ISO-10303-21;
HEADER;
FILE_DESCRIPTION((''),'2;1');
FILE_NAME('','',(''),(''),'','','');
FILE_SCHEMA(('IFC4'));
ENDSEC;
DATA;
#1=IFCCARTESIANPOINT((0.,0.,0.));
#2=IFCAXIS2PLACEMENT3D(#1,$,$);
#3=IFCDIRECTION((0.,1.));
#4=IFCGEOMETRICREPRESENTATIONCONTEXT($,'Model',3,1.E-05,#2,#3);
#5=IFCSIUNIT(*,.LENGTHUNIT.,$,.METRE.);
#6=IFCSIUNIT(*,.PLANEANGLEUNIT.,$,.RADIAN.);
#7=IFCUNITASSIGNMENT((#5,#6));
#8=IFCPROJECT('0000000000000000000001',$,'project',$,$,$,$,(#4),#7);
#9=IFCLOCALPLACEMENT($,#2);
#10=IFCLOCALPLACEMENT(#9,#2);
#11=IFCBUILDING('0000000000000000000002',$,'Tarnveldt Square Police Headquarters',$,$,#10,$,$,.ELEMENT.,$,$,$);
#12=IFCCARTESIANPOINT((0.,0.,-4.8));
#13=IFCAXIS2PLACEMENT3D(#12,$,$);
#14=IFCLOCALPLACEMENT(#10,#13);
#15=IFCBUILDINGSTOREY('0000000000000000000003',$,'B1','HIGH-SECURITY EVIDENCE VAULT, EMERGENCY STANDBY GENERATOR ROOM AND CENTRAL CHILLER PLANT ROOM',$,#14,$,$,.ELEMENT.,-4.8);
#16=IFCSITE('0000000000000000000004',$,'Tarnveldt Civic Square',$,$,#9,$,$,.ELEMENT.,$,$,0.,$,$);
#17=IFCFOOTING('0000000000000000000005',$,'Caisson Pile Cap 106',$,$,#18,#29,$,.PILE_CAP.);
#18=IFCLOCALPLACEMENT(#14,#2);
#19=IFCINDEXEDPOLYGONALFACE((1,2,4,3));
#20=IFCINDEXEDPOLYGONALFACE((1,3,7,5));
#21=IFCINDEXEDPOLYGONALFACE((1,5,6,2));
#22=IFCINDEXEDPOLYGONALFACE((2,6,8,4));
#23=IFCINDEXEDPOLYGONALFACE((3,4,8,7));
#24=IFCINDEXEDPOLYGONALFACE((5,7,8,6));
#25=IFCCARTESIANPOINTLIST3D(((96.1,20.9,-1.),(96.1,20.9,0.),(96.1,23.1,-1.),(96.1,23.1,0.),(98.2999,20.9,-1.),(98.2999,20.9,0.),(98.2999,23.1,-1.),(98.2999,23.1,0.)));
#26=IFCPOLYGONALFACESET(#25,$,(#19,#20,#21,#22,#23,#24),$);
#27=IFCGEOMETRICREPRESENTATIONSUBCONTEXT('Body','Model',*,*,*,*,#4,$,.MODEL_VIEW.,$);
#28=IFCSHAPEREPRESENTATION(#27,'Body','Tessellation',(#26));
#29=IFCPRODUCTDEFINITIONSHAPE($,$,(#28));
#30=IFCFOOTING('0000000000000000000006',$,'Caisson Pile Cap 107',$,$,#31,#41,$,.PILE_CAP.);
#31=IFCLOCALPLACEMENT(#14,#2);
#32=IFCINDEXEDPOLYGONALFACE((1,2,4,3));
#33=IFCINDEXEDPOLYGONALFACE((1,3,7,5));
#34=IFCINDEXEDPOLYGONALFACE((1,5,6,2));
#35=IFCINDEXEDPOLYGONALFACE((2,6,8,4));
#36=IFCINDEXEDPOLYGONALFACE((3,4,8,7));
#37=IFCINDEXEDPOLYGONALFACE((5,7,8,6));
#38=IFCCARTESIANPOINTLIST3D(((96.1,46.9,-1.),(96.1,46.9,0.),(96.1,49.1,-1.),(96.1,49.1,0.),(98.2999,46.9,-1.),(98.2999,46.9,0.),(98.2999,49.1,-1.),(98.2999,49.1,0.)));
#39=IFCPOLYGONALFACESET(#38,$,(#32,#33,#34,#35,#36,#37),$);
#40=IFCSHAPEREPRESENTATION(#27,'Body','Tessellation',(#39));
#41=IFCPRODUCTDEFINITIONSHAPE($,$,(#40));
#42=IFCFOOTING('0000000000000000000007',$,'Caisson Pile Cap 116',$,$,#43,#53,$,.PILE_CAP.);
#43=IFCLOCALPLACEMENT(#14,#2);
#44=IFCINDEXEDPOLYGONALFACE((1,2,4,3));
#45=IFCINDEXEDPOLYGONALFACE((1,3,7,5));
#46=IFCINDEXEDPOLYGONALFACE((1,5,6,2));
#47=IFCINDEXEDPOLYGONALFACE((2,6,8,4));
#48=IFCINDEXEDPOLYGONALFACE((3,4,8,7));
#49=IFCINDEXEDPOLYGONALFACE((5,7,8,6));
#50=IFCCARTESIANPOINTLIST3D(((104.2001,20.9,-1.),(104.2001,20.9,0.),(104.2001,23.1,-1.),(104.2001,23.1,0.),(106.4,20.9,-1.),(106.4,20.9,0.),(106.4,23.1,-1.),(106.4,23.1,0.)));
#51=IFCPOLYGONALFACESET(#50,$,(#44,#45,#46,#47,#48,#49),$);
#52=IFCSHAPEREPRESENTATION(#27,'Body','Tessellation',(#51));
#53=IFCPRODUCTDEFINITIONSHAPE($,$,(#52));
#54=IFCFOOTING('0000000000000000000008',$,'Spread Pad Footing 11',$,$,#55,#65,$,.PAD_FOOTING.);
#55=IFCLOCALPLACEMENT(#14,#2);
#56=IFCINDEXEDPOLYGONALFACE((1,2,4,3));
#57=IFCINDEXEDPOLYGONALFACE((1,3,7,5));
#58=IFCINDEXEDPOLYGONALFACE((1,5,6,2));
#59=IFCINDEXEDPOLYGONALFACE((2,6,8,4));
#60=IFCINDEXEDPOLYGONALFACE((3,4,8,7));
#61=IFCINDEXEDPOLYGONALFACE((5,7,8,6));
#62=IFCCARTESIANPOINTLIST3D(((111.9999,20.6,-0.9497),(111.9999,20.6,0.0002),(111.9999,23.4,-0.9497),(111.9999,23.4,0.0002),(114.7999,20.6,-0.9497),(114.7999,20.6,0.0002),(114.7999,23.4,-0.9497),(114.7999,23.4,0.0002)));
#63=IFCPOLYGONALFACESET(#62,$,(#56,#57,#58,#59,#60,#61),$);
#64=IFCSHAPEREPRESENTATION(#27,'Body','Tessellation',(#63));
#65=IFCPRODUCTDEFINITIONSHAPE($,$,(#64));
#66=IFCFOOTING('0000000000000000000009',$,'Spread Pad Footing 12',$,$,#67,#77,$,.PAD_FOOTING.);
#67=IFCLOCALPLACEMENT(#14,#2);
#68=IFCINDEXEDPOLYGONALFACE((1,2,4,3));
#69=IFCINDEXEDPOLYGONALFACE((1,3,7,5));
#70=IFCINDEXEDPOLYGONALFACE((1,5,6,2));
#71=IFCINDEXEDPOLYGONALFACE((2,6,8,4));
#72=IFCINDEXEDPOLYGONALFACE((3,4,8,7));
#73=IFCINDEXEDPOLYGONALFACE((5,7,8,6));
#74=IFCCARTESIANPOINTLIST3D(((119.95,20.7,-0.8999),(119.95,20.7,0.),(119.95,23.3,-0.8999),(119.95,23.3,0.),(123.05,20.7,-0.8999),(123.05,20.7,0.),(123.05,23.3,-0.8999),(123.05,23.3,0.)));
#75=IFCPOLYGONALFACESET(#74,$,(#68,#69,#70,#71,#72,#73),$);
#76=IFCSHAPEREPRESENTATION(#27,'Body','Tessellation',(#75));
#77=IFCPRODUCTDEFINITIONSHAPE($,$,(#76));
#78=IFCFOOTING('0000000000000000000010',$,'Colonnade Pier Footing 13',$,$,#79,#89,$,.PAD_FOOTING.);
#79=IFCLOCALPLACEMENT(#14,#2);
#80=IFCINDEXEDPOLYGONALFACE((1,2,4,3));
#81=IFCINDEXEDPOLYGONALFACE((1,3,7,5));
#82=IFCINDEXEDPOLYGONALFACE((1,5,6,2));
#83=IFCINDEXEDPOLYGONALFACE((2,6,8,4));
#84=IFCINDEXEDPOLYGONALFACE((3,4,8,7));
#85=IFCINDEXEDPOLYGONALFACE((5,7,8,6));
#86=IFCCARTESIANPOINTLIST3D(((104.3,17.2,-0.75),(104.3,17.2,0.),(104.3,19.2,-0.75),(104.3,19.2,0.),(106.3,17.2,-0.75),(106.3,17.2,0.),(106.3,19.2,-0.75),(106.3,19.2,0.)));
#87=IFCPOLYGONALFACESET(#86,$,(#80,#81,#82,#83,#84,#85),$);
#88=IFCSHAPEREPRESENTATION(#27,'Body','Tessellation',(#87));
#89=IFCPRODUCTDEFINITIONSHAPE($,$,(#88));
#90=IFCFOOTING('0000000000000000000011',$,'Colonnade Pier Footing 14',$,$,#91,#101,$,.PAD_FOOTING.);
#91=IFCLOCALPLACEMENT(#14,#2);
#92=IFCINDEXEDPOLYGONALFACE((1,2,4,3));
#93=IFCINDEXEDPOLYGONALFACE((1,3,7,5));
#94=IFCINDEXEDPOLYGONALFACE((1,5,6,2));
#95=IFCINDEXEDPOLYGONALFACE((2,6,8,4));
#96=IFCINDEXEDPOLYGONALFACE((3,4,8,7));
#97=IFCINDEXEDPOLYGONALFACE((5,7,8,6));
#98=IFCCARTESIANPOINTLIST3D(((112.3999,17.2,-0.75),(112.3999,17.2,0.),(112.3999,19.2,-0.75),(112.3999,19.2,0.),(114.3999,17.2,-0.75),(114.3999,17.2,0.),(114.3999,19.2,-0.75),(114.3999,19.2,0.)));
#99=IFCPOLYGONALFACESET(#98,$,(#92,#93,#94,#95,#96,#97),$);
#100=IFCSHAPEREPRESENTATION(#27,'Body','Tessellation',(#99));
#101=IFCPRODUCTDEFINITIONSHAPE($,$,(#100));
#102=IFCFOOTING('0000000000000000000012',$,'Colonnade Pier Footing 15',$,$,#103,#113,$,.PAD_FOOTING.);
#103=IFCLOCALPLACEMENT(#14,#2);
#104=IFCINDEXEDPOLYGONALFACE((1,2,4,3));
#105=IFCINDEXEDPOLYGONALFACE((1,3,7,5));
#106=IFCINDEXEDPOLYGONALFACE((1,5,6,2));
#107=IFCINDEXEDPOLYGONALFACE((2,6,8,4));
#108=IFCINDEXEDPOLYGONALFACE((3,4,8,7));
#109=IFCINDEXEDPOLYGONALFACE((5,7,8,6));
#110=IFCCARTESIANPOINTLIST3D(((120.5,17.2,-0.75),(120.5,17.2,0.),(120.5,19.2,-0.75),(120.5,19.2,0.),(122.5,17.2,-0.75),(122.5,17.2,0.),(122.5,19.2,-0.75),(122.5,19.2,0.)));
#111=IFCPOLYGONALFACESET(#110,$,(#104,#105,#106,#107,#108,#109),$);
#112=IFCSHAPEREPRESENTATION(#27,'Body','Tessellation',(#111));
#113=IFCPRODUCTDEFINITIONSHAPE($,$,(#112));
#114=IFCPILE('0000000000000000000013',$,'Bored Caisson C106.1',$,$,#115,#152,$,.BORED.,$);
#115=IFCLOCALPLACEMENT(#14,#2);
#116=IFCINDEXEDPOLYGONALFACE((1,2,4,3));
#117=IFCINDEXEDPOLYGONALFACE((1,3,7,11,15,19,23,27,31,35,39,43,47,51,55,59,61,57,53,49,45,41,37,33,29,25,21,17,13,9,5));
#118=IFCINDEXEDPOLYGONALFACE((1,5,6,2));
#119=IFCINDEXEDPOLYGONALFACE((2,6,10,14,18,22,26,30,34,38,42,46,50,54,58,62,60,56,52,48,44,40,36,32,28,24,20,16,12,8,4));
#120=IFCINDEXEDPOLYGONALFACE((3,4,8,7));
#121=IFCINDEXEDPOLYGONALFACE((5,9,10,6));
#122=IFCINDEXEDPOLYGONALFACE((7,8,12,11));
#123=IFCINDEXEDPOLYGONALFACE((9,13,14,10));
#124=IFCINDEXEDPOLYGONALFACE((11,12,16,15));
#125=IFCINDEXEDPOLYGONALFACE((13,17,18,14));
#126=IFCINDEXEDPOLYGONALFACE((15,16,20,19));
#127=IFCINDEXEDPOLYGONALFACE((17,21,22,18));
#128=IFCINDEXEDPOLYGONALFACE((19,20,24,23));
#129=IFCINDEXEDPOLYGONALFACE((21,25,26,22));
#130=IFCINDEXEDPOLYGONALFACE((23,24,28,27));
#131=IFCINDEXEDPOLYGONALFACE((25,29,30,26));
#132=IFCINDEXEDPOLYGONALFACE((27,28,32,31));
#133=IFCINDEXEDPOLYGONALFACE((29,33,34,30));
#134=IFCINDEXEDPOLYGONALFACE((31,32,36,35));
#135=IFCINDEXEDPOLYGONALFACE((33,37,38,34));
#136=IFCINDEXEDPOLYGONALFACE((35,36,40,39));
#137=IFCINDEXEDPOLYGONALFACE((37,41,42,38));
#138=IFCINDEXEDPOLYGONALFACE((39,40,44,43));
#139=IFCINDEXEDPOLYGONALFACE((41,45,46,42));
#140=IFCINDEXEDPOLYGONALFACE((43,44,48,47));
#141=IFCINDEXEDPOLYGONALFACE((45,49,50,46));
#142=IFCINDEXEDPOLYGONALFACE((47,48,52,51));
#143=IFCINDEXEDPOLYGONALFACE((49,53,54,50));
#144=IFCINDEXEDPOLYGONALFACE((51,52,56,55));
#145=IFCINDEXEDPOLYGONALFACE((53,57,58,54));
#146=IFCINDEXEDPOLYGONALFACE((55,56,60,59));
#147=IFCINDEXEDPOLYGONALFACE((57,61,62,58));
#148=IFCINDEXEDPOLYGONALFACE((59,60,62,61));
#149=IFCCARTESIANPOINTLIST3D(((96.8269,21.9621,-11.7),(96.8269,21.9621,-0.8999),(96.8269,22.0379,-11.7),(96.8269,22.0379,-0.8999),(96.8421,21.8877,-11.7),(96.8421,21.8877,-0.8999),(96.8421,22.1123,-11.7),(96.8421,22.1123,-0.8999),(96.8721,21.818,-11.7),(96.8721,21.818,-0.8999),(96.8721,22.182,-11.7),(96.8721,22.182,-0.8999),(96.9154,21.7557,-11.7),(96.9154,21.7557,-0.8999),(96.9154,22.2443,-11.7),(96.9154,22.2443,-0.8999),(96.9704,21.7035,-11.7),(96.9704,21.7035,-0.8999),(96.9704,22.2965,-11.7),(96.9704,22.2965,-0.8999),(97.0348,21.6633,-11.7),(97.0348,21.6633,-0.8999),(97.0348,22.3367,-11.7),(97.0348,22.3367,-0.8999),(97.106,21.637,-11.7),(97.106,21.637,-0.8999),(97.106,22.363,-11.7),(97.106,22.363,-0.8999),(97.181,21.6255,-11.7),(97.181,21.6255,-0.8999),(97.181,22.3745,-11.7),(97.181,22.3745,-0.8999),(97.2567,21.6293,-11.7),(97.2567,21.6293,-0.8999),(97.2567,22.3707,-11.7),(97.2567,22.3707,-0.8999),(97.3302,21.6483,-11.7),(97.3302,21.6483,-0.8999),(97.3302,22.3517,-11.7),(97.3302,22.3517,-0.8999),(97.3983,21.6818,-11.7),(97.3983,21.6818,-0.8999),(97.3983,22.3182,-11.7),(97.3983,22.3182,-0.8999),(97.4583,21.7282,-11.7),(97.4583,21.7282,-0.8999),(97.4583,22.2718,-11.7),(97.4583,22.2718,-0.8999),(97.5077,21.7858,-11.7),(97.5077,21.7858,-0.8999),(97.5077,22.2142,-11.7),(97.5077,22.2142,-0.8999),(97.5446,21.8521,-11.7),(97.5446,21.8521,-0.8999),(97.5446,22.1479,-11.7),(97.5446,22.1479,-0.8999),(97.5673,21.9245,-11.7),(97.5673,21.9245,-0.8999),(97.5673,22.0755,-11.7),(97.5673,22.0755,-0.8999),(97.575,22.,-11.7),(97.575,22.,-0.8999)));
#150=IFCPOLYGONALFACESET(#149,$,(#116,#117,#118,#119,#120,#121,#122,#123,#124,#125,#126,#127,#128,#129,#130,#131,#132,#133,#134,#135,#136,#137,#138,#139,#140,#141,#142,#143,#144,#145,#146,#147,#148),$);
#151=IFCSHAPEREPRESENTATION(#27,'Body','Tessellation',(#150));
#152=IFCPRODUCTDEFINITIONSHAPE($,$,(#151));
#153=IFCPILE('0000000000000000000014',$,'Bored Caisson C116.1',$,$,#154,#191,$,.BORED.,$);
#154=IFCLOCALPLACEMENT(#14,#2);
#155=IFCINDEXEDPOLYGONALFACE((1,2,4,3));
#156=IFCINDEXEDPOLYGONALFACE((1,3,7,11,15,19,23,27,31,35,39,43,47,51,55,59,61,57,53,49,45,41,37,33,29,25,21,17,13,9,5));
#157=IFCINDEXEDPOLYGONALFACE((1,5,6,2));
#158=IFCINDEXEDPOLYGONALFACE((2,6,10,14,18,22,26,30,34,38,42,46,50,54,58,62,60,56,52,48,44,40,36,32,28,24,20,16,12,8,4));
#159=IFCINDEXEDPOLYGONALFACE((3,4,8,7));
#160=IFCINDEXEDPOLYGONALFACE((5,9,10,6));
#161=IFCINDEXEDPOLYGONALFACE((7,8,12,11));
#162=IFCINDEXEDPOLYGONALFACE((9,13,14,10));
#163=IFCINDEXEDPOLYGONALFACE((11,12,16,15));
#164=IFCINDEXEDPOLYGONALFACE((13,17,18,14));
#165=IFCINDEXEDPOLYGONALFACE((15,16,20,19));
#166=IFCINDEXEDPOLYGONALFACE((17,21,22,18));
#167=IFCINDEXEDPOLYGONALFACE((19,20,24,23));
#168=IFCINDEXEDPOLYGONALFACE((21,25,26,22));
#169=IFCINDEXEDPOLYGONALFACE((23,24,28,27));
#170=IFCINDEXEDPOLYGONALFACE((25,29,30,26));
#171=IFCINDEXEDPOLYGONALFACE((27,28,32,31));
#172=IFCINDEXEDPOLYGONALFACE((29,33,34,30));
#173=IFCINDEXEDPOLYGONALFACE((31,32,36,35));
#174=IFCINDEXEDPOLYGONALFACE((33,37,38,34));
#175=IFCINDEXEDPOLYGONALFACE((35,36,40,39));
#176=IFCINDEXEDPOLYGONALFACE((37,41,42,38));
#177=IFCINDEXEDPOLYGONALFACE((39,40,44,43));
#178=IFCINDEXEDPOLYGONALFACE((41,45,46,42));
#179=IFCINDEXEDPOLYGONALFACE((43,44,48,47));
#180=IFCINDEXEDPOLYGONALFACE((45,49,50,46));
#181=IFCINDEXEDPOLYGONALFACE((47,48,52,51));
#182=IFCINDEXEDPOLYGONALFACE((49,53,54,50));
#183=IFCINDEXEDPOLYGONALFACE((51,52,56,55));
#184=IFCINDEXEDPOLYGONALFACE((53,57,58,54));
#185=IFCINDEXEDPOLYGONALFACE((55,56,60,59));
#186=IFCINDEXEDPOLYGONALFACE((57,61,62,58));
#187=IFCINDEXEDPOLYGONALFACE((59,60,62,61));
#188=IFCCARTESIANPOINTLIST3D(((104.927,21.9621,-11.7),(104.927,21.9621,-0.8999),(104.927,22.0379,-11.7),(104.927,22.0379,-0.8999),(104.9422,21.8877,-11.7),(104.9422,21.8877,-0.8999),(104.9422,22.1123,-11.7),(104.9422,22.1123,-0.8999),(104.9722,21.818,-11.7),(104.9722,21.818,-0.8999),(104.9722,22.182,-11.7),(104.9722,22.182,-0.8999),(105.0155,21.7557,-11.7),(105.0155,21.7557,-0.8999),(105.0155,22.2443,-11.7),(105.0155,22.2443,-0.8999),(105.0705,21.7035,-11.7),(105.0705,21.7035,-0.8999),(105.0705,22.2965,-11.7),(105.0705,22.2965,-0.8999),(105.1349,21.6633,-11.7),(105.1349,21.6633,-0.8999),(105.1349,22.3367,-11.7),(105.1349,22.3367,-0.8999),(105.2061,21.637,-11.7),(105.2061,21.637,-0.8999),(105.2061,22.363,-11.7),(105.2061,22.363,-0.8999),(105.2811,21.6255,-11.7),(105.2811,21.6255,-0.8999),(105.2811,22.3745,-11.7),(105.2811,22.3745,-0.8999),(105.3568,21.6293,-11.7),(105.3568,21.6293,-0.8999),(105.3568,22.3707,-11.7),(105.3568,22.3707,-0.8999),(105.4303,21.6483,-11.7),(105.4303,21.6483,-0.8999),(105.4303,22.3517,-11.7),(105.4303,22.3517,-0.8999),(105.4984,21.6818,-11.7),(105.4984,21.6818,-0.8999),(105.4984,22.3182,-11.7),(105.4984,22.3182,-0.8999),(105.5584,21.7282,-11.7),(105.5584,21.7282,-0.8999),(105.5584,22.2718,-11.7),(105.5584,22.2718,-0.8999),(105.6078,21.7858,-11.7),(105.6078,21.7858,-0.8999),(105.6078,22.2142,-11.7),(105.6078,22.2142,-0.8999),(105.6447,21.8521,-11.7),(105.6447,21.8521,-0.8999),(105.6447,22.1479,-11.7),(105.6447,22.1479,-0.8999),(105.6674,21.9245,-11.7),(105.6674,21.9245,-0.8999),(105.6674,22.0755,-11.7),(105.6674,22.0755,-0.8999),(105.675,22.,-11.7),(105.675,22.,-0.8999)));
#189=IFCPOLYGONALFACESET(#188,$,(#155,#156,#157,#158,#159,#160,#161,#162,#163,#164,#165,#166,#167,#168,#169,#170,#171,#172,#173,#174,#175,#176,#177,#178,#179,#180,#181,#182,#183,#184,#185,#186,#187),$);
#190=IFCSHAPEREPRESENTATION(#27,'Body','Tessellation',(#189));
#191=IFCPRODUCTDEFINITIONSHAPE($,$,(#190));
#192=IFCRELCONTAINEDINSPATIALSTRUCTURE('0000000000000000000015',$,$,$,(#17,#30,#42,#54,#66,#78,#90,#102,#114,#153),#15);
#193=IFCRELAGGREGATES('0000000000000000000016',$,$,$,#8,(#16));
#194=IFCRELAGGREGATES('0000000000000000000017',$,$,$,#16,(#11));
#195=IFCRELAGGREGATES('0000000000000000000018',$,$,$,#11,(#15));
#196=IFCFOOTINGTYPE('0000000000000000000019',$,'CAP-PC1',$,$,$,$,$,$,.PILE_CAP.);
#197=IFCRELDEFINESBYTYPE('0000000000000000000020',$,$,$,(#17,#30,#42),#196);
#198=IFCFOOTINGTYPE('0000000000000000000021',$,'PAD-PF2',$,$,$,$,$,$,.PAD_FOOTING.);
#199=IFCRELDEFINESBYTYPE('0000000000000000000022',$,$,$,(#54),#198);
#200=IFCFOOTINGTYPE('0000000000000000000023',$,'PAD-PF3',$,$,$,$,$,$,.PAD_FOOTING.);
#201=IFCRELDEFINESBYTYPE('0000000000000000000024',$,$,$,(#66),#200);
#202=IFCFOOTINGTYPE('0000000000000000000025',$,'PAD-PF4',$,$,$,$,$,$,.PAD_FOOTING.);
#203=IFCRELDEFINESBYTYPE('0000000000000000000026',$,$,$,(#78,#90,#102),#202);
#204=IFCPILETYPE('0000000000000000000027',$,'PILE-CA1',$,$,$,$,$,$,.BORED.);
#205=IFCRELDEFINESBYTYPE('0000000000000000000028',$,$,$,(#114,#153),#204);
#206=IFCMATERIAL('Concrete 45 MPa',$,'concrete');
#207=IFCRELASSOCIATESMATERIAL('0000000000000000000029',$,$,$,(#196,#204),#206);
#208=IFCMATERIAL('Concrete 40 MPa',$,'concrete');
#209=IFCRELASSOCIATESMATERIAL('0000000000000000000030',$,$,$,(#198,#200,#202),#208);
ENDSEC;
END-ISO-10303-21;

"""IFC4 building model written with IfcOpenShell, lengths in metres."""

from ifc_helpers import new_model, si_unit, direction, frame, origin, origin_2d, place, context, subcontext, project, spatial, rectangle, circle, extrude, material, material_profile, profile_set, type_object, element, save


model = new_model("IFC4")

# Units and contexts
model_context = context("Model", 3, precision=1e-05, world=origin(), true_north=direction((0.0, 1.0)))
body_context = subcontext(model_context, "Body", "Model", "MODEL_VIEW")
ifc_project = project(units=[si_unit("LENGTHUNIT", "METRE"), si_unit("PLANEANGLEUNIT", "RADIAN")], contexts=[model_context])

# Site, building, storey
site_placement = place(None, origin())
site = spatial("IfcSite", under=ifc_project, at=site_placement, Name="Tarnveldt Civic Square", CompositionType="ELEMENT", RefElevation=0.0)
building_placement = place(site_placement, origin())
building = spatial("IfcBuilding", under=site, at=building_placement, Name="Tarnveldt Square Police Headquarters", CompositionType="ELEMENT")
storey_placement = place(building_placement, frame((0.0, 0.0, -4.8)))
storey = spatial("IfcBuildingStorey", under=building, at=storey_placement, Name="B1", Description="HIGH-SECURITY EVIDENCE VAULT, EMERGENCY STANDBY GENERATOR ROOM AND CENTRAL CHILLER PLANT ROOM", CompositionType="ELEMENT", Elevation=-4.8)

# Footings
ifc_material_1 = material(Name="Concrete 45 MPa", Category="concrete")
footing_type_1 = type_object("IfcFootingType", Name="CAP-PC1", PredefinedType="PILE_CAP", material=ifc_material_1)
for number, where, z_axis, x_axis, name in (
    (1, (97.2, 22.0, -1.0), (0.0, 0.0, 1.0), (1.0, 0.0, 0.0), "Caisson Pile Cap 106"),
    (2, (97.2, 48.0, -1.0), (0.0, 0.0, 1.0), (1.0, 0.0, 0.0), "Caisson Pile Cap 107"),
    (3, (105.3, 22.0, -1.0), (0.0, 0.0, 1.0), (1.0, 0.0, 0.0), "Caisson Pile Cap 116"),
):
    element("IfcFooting", number, at=place(storey_placement, frame(where, z_axis=z_axis, x_axis=x_axis)), inside=storey, type_object=footing_type_1, Name=name, PredefinedType="PILE_CAP", context=body_context, shape_type="SweptSolid", body=[
        extrude(rectangle(XDim=2.2, YDim=2.2, at=origin_2d()), origin(), (0.0, 0.0, 1.0), 1.0),
    ])
ifc_material_2 = material(Name="Concrete 40 MPa", Category="concrete")
footing_type_2 = type_object("IfcFootingType", Name="PAD-PF2", PredefinedType="PAD_FOOTING", material=ifc_material_2)
footing_1_placement = place(storey_placement, frame((113.3999, 22.0, -0.9497), z_axis=(0.0, 0.0, 1.0), x_axis=(1.0, 0.0, 0.0)))
element("IfcFooting", 4, at=footing_1_placement, inside=storey, type_object=footing_type_2, Name="Spread Pad Footing 11", PredefinedType="PAD_FOOTING", context=body_context, shape_type="SweptSolid", body=[
    extrude(rectangle(XDim=2.8, YDim=2.8, at=origin_2d()), origin(), (0.0, 0.0, 1.0), 0.95),
])
footing_type_3 = type_object("IfcFootingType", Name="PAD-PF3", PredefinedType="PAD_FOOTING", material=ifc_material_2)
footing_2_placement = place(storey_placement, frame((121.5, 22.0, -0.8999), z_axis=(0.0, 0.0, 1.0), x_axis=(1.0, 0.0, 0.0)))
element("IfcFooting", 5, at=footing_2_placement, inside=storey, type_object=footing_type_3, Name="Spread Pad Footing 12", PredefinedType="PAD_FOOTING", context=body_context, shape_type="SweptSolid", body=[
    extrude(rectangle(XDim=3.1001, YDim=2.6001, at=origin_2d()), origin(), (0.0, 0.0, 1.0), 0.8999),
])
footing_type_4 = type_object("IfcFootingType", Name="PAD-PF4", PredefinedType="PAD_FOOTING", material=ifc_material_2)
for number, where, z_axis, x_axis, name in (
    (6, (105.3, 18.2, -0.75), (0.0, 0.0, 1.0), (1.0, 0.0, 0.0), "Colonnade Pier Footing 13"),
    (7, (113.3999, 18.2, -0.75), (0.0, 0.0, 1.0), (1.0, 0.0, 0.0), "Colonnade Pier Footing 14"),
    (8, (121.5, 18.2, -0.75), (0.0, 0.0, 1.0), (1.0, 0.0, 0.0), "Colonnade Pier Footing 15"),
):
    element("IfcFooting", number, at=place(storey_placement, frame(where, z_axis=z_axis, x_axis=x_axis)), inside=storey, type_object=footing_type_4, Name=name, PredefinedType="PAD_FOOTING", context=body_context, shape_type="SweptSolid", body=[
        extrude(rectangle(XDim=2.0, YDim=2.0, at=origin_2d()), origin(), (0.0, 0.0, 1.0), 0.75),
    ])

# Piles
ifc_material_profile_1 = material_profile(ifc_material_1, circle(Radius=0.375, at=origin_2d()), Name="CAISSON-D750")
ifc_profile_set_1 = profile_set([ifc_material_profile_1], Name="Concrete 45 MPa")
pile_type_1 = type_object("IfcPileType", Name="PILE-CA1", PredefinedType="BORED", material=ifc_profile_set_1)
for number, where, z_axis, x_axis, name in (
    (9, (97.2, 22.0, -0.8999), (0.0, 0.0, -1.0), (1.0, 0.0, 0.0), "Bored Caisson C106.1"),
    (10, (105.3, 22.0, -0.8999), (0.0, 0.0, -1.0), (1.0, 0.0, 0.0), "Bored Caisson C116.1"),
):
    element("IfcPile", number, at=place(storey_placement, frame(where, z_axis=z_axis, x_axis=x_axis)), inside=storey, type_object=pile_type_1, Name=name, PredefinedType="BORED", context=body_context, shape_type="SweptSolid", body=[
        extrude(circle(Radius=0.375, at=origin_2d()), origin(), (0.0, 0.0, 1.0), 10.8),
    ])

save(model, "model.ifc")
